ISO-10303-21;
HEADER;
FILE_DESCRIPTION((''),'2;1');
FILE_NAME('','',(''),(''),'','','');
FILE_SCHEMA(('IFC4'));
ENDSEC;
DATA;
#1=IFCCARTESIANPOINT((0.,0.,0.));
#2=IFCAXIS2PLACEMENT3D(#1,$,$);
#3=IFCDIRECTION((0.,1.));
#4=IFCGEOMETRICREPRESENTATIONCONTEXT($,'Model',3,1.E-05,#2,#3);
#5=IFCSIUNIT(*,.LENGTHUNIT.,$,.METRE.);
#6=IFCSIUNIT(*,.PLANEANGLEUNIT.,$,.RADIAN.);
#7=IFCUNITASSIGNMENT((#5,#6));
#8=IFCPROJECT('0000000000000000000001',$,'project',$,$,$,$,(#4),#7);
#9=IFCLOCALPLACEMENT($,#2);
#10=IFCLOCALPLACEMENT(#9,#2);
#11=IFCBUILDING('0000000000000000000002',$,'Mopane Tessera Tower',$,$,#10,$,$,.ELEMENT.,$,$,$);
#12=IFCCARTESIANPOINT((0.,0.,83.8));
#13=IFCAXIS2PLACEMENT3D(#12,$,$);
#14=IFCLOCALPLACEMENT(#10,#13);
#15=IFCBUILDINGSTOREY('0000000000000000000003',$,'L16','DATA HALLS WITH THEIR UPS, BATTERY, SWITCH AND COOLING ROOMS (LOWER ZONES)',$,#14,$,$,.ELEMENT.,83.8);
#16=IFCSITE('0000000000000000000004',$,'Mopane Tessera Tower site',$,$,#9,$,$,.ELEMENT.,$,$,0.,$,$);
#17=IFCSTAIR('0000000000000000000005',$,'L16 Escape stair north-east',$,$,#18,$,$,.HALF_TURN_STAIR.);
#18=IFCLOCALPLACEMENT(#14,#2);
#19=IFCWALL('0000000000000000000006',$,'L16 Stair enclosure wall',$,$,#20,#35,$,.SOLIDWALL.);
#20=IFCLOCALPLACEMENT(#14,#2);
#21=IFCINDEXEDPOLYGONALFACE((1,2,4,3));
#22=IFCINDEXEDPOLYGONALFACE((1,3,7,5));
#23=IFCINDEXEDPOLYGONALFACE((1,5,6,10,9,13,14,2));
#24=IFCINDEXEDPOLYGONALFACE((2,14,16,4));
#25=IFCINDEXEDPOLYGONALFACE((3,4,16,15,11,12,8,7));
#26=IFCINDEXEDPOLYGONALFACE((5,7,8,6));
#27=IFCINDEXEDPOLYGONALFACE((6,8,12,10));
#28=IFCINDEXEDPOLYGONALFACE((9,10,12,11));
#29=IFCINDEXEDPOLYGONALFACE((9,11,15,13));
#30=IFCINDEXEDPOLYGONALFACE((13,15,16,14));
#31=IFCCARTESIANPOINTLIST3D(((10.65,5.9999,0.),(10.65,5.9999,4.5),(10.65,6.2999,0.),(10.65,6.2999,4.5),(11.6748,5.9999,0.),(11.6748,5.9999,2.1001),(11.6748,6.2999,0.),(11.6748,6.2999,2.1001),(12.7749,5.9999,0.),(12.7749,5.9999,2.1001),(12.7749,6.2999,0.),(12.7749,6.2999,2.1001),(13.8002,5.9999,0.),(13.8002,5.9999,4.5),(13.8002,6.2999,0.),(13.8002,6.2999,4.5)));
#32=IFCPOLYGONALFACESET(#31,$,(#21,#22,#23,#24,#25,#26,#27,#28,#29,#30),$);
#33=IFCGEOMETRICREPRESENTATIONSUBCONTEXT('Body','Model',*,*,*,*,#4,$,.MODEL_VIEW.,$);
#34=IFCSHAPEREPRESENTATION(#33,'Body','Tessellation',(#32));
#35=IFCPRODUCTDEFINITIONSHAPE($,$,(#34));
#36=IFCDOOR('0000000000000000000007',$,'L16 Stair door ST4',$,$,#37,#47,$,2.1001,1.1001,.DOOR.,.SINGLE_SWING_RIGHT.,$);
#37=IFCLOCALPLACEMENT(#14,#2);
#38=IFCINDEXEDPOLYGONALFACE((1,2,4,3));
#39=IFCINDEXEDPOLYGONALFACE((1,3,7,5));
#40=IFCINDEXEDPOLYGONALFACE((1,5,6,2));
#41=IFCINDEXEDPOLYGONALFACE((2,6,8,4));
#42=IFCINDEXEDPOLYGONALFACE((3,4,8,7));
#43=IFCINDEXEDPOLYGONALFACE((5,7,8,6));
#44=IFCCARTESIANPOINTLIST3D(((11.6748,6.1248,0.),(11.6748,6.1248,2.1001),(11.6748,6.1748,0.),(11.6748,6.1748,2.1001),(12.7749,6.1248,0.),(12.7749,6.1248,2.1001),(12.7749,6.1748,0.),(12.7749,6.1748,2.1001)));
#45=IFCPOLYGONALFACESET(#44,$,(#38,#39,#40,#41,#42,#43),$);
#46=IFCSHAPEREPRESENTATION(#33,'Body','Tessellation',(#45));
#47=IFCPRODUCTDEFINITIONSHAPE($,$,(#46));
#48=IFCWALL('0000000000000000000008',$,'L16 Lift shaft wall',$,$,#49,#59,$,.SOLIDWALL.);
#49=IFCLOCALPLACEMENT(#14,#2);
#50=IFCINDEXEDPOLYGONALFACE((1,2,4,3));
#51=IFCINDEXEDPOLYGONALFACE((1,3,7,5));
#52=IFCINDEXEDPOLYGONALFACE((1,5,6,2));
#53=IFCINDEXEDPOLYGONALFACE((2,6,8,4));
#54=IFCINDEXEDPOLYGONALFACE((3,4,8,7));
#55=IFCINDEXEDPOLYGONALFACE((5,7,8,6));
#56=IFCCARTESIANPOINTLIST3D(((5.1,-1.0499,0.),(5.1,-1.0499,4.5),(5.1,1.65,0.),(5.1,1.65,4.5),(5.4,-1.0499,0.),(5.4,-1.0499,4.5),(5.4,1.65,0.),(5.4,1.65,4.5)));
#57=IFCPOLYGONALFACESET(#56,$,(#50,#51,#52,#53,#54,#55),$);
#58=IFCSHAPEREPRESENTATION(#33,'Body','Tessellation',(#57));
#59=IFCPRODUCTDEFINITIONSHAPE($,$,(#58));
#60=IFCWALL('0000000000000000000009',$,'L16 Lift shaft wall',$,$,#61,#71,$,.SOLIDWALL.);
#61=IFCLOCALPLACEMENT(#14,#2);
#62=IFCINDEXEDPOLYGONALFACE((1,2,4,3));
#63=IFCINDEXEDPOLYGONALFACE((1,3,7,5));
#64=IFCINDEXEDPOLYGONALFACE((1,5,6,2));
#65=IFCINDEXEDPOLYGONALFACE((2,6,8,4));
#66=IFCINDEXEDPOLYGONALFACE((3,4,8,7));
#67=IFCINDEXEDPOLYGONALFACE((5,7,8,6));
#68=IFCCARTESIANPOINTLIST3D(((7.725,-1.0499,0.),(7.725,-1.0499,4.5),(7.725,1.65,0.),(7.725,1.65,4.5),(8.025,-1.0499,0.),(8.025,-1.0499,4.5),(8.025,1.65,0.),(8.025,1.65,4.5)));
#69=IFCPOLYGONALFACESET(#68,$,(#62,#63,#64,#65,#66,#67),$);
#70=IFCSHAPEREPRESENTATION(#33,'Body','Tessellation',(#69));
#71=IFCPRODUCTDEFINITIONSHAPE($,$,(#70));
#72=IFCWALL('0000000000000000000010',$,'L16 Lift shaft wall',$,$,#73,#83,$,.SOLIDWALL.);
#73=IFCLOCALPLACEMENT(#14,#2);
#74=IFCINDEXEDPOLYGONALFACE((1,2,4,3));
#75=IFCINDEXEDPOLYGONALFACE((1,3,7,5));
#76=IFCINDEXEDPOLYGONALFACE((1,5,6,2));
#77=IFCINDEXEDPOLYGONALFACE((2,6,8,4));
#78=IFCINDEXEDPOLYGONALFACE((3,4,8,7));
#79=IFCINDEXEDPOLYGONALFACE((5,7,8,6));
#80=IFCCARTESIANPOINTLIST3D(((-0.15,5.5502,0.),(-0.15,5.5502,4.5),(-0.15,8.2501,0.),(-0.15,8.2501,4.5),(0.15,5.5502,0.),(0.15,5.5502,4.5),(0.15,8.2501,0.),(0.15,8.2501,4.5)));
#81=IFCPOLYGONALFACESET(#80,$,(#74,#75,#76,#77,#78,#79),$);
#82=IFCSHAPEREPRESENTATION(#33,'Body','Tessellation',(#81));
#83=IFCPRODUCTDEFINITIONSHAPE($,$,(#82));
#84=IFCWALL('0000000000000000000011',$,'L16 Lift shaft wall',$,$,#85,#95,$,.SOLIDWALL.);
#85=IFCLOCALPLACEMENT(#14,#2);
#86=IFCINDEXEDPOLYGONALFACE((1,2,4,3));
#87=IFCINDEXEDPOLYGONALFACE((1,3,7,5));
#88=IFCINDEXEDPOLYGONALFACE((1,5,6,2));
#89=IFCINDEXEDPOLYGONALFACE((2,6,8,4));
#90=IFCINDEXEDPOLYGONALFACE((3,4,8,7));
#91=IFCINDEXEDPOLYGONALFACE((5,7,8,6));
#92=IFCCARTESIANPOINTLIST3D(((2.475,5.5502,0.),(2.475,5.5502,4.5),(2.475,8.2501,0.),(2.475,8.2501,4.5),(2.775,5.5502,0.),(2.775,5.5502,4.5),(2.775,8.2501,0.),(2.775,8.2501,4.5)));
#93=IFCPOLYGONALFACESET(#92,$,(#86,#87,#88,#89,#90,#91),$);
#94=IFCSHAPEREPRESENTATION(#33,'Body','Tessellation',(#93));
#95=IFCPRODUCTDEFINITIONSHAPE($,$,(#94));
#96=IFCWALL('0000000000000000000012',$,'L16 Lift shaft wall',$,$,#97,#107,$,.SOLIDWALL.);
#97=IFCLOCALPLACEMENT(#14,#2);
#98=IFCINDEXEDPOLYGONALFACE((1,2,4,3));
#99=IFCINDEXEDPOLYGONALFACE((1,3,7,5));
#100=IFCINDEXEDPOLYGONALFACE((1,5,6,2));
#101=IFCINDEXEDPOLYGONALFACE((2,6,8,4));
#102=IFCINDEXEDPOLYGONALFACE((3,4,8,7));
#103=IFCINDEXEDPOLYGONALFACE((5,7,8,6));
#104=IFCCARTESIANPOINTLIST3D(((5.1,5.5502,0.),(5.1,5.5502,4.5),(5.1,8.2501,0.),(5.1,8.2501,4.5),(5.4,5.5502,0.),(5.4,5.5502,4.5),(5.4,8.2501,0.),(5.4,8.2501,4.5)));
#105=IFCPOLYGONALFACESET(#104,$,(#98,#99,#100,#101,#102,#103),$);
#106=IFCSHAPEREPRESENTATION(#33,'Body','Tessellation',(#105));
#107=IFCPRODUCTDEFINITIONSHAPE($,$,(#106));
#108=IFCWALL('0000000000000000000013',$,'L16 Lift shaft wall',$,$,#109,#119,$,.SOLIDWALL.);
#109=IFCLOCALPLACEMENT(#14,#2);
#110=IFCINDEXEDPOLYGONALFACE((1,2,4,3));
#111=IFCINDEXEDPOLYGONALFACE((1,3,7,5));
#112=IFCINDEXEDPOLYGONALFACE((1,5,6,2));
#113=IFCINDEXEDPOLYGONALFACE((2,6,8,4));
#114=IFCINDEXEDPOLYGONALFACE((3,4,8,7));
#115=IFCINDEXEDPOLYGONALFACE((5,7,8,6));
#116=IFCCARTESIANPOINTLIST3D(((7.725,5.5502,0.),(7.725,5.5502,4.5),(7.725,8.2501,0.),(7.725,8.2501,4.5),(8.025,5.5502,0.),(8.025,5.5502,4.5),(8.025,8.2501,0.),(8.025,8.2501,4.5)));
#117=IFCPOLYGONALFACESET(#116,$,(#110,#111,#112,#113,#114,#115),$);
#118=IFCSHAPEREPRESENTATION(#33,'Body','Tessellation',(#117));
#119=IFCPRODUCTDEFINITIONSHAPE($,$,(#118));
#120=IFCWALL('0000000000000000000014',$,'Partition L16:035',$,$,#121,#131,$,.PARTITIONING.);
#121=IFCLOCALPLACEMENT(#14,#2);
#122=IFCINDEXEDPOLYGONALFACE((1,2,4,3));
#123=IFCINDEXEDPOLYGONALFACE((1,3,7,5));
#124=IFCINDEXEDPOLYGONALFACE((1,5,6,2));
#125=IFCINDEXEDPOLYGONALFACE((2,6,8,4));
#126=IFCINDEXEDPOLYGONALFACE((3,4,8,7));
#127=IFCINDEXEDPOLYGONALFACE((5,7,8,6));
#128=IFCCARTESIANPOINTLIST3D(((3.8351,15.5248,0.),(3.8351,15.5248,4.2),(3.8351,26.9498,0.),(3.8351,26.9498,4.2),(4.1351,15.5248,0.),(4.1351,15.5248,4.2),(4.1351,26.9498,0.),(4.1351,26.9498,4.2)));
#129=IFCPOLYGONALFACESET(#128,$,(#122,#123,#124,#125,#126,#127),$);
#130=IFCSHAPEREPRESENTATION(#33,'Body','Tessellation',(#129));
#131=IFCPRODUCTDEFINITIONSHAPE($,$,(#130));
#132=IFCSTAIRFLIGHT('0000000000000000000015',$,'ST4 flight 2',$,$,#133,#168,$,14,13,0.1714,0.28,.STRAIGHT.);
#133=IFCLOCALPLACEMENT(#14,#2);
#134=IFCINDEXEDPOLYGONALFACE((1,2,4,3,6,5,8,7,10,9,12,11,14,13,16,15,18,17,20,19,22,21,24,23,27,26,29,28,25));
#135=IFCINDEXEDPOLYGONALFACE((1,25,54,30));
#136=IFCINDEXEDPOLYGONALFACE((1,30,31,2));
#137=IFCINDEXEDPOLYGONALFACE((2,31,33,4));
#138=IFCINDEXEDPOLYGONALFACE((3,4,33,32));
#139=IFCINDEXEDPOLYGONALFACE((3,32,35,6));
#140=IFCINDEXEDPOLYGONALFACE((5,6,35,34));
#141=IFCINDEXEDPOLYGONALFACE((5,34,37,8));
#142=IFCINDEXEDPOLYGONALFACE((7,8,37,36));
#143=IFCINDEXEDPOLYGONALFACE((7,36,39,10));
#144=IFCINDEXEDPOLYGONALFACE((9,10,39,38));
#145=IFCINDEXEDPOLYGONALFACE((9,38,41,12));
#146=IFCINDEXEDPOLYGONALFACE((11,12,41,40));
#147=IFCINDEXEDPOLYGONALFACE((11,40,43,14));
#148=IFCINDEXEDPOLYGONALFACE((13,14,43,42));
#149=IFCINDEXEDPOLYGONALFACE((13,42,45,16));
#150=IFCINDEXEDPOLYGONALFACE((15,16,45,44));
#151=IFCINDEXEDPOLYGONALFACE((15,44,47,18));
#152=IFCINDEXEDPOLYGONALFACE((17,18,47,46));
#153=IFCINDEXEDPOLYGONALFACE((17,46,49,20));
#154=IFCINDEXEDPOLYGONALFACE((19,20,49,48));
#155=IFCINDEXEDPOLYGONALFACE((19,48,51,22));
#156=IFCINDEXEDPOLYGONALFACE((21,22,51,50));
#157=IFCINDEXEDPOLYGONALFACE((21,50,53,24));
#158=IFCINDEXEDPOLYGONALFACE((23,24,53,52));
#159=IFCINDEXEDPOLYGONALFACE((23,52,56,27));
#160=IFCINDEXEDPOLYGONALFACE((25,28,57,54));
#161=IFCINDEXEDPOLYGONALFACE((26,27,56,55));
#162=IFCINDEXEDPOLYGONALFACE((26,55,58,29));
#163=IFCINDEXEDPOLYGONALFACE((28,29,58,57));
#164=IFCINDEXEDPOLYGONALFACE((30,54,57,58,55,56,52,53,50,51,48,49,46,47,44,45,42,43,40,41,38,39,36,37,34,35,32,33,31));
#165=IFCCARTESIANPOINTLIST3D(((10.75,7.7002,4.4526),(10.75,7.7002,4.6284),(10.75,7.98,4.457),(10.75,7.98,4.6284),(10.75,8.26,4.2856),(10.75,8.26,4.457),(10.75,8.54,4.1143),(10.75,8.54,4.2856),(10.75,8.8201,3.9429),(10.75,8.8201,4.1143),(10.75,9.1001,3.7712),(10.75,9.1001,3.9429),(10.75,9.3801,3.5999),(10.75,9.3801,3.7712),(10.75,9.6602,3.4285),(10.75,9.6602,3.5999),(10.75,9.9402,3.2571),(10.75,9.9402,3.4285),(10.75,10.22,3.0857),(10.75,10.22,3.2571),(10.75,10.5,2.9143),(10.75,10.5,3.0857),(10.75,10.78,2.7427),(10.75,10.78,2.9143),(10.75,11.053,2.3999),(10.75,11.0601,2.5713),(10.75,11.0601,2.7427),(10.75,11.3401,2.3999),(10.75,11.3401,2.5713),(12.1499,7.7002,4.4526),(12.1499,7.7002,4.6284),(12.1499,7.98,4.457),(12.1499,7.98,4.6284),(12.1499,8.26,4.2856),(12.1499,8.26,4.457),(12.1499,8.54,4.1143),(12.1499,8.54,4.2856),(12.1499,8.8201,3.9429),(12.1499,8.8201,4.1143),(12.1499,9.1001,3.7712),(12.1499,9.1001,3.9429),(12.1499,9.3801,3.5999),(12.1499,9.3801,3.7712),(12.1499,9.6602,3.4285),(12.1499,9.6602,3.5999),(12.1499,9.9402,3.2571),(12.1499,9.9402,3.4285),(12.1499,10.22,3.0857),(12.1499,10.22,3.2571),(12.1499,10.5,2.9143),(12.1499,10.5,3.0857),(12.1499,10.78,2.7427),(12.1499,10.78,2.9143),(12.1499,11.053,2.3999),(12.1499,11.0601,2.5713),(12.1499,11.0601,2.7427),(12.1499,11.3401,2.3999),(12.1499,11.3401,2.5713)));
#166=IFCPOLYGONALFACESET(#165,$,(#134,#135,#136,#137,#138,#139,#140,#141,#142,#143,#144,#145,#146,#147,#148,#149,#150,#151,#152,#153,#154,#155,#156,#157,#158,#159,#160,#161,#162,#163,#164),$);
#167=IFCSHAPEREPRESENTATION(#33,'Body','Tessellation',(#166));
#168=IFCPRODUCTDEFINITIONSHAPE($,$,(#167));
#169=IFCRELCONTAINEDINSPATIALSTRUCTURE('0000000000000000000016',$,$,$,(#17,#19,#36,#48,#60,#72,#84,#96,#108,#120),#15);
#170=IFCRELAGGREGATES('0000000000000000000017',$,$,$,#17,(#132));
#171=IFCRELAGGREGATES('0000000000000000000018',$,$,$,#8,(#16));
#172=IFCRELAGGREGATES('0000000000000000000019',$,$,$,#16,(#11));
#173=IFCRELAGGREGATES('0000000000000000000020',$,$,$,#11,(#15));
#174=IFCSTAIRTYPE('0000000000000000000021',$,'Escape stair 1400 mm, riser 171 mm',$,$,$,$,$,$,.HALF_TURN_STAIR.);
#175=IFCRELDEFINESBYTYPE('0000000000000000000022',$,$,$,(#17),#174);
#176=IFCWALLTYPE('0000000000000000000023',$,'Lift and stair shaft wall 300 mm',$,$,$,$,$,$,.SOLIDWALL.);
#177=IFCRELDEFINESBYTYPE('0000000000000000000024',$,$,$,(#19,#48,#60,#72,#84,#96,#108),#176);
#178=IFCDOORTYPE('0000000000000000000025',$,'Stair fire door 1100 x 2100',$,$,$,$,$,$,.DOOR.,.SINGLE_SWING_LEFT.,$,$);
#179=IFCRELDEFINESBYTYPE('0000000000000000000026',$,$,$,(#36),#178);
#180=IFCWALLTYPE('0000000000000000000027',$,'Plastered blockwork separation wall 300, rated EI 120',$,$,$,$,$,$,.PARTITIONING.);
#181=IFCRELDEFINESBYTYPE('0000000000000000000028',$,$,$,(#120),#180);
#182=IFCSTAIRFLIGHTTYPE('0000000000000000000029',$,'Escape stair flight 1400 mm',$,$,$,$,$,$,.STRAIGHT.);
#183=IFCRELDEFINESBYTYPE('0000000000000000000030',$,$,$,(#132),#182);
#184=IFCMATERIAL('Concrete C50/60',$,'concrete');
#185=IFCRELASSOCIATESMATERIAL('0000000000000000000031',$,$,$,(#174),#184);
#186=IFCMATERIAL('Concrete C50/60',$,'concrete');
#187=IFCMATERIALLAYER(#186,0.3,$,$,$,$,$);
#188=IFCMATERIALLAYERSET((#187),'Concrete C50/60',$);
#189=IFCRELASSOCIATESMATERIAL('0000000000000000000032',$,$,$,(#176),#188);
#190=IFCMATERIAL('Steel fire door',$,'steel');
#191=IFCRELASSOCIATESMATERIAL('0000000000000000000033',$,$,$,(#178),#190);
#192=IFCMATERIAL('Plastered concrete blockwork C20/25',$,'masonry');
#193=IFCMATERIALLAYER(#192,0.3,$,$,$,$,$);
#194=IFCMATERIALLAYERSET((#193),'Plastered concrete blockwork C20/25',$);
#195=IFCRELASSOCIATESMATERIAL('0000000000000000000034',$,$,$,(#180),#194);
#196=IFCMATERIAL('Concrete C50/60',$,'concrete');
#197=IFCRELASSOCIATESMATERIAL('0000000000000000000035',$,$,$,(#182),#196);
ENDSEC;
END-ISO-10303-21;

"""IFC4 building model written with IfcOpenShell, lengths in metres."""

from ifc_helpers import new_model, si_unit, direction, frame, frame_2d, origin, place, context, subcontext, project, spatial, polyline, rectangle, outline, extrude, material, layer, layer_set, type_object, element, fill, aggregate, save


model = new_model("IFC4")

# Units and contexts
model_context = context("Model", 3, precision=1e-05, world=origin(), true_north=direction((0.0, 1.0)))
body_context = subcontext(model_context, "Body", "Model", "MODEL_VIEW")
ifc_project = project(units=[si_unit("LENGTHUNIT", "METRE"), si_unit("PLANEANGLEUNIT", "RADIAN")], contexts=[model_context])

# Site, building, storey
site_placement = place(None, origin())
site = spatial("IfcSite", under=ifc_project, at=site_placement, Name="Mopane Tessera Tower site", CompositionType="ELEMENT", RefElevation=0.0)
building_placement = place(site_placement, origin())
building = spatial("IfcBuilding", under=site, at=building_placement, Name="Mopane Tessera Tower", CompositionType="ELEMENT")
storey_placement = place(building_placement, frame((0.0, 0.0, 83.8)))
storey = spatial("IfcBuildingStorey", under=building, at=storey_placement, Name="L16", Description="DATA HALLS WITH THEIR UPS, BATTERY, SWITCH AND COOLING ROOMS (LOWER ZONES)", CompositionType="ELEMENT", Elevation=83.8)

# Stair
ifc_material_1 = material(Name="Concrete C50/60", Category="concrete")
stair_type = type_object("IfcStairType", Name="Escape stair 1400 mm, riser 171 mm", PredefinedType="HALF_TURN_STAIR", material=ifc_material_1)
stair_1_placement = place(storey_placement, origin())
stair_1 = element("IfcStair", 1, at=stair_1_placement, inside=storey, type_object=stair_type, Name="L16 Escape stair north-east", PredefinedType="HALF_TURN_STAIR")

# Wall, opening, door
ifc_material_2 = material(Name="Concrete C50/60", Category="concrete")
ifc_layer_1 = layer(ifc_material_2, 0.3)
ifc_layer_set_1 = layer_set([ifc_layer_1], Name="Concrete C50/60")
wall_type_1 = type_object("IfcWallType", Name="Lift and stair shaft wall 300 mm", PredefinedType="SOLIDWALL", material=ifc_layer_set_1)
ifc_material_3 = material(Name="Steel fire door", Category="steel")
door_type = type_object("IfcDoorType", Name="Stair fire door 1100 x 2100", OperationType="SINGLE_SWING_LEFT", PredefinedType="DOOR", material=ifc_material_3)
wall_1_placement = place(storey_placement, frame((10.6499, 6.1499, 0.0), z_axis=(0.0, 0.0, 1.0), x_axis=(1.0, 0.0, 0.0)))
wall_1 = element("IfcWall", 2, at=wall_1_placement, inside=storey, type_object=wall_type_1, Name="L16 Stair enclosure wall", PredefinedType="SOLIDWALL", context=body_context, shape_type="SweptSolid", body=[
    extrude(rectangle(XDim=3.1501, YDim=0.3, at=frame_2d((1.5752, 0.0))), origin(), (0.0, 0.0, 1.0), 4.5),
])
opening_1_placement = place(wall_1_placement, frame((1.0249, 0.0, 0.0)))
opening_1 = element("IfcOpeningElement", 3, at=opening_1_placement, cuts=wall_1, PredefinedType="OPENING", context=body_context, shape_type="SweptSolid", body=[
    extrude(rectangle(XDim=1.1001, YDim=2.1001, at=frame_2d((0.55, 1.05))), frame((0.0, 0.1621, 0.0), z_axis=(0.0, -1.0, 0.0), x_axis=(1.0, 0.0, 0.0)), (0.0, 0.0, 1.0), 0.324),
])
door_1_placement = place(opening_1_placement, origin())
door_1 = element("IfcDoor", 4, at=door_1_placement, inside=storey, type_object=door_type, Name="L16 Stair door ST4", OperationType="SINGLE_SWING_RIGHT", OverallHeight=2.1001, OverallWidth=1.1001, PredefinedType="DOOR", context=body_context, shape_type="SweptSolid", body=[
    extrude(rectangle(XDim=1.1001, YDim=2.1001, at=frame_2d((0.55, 1.05))), frame((0.0, 0.0249, 0.0), z_axis=(0.0, -1.0, 0.0), x_axis=(1.0, 0.0, 0.0)), (0.0, 0.0, 1.0), 0.05),
])
fill(opening_1, door_1)

# Walls
for number, where, z_axis, x_axis, name in (
    (5, (5.25, -1.05, 0.0), (0.0, 0.0, 1.0), (0.0, 1.0, 0.0), "L16 Lift shaft wall"),
    (6, (7.875, -1.05, 0.0), (0.0, 0.0, 1.0), (0.0, 1.0, 0.0), "L16 Lift shaft wall"),
    (7, (0.0, 5.55, 0.0), (0.0, 0.0, 1.0), (0.0, 1.0, 0.0), "L16 Lift shaft wall"),
    (8, (2.625, 5.55, 0.0), (0.0, 0.0, 1.0), (0.0, 1.0, 0.0), "L16 Lift shaft wall"),
    (9, (5.25, 5.55, 0.0), (0.0, 0.0, 1.0), (0.0, 1.0, 0.0), "L16 Lift shaft wall"),
    (10, (7.875, 5.55, 0.0), (0.0, 0.0, 1.0), (0.0, 1.0, 0.0), "L16 Lift shaft wall"),
):
    element("IfcWall", number, at=place(storey_placement, frame(where, z_axis=z_axis, x_axis=x_axis)), inside=storey, type_object=wall_type_1, Name=name, PredefinedType="SOLIDWALL", context=body_context, shape_type="SweptSolid", body=[
        extrude(rectangle(XDim=2.7, YDim=0.3, at=frame_2d((1.3501, 0.0))), origin(), (0.0, 0.0, 1.0), 4.5),
    ])
ifc_material_4 = material(Name="Plastered concrete blockwork C20/25", Category="masonry")
ifc_layer_2 = layer(ifc_material_4, 0.3)
ifc_layer_set_2 = layer_set([ifc_layer_2], Name="Plastered concrete blockwork C20/25")
wall_type_2 = type_object("IfcWallType", Name="Plastered blockwork separation wall 300, rated EI 120", PredefinedType="PARTITIONING", material=ifc_layer_set_2)
wall_2_placement = place(storey_placement, frame((3.9851, 15.5249, 0.0), z_axis=(0.0, 0.0, 1.0), x_axis=(0.0, 1.0, 0.0)))
element("IfcWall", 11, at=wall_2_placement, inside=storey, type_object=wall_type_2, Name="Partition L16:035", PredefinedType="PARTITIONING", context=body_context, shape_type="SweptSolid", body=[
    extrude(rectangle(XDim=11.425, YDim=0.3, at=frame_2d((5.7124, 0.0))), origin(), (0.0, 0.0, 1.0), 4.2),
])

# Stair flight
ifc_material_5 = material(Name="Concrete C50/60", Category="concrete")
stair_flight_type = type_object("IfcStairFlightType", Name="Escape stair flight 1400 mm", PredefinedType="STRAIGHT", material=ifc_material_5)
stair_flight_placement = place(storey_placement, frame((11.45, 11.3401, 2.3999), z_axis=(0.0, 0.0, 1.0), x_axis=(0.0, -1.0, 0.0)))
stair_flight = element("IfcStairFlight", 12, at=stair_flight_placement, type_object=stair_flight_type, Name="ST4 flight 2", NumberOfRisers=14, NumberOfTreads=13, PredefinedType="STRAIGHT", RiserHeight=0.1714, TreadLength=0.28, context=body_context, shape_type="SweptSolid", body=[
    extrude(outline(polyline([(0.0, 0.0), (0.0, 0.1714), (0.28, 0.1714), (0.28, 0.3428), (0.5601, 0.3428), (0.5601, 0.5144), (0.8401, 0.5144), (0.8401, 0.6858), (1.1201, 0.6858), (1.1201, 0.8572), (1.3999, 0.8572), (1.3999, 1.0286), (1.6799, 1.0286), (1.6799, 1.2), (1.96, 1.2), (1.96, 1.3713), (2.24, 1.3713), (2.24, 1.543), (2.52, 1.543), (2.52, 1.7144), (2.8, 1.7144), (2.8, 1.8857), (3.0801, 1.8857), (3.0801, 2.0571), (3.3601, 2.0571), (3.3601, 2.2285), (3.6399, 2.2285), (3.6399, 2.3999), (3.6399, 2.0527), (0.2871, 0.0), (0.0, 0.0)])), frame((0.0, 0.7, 0.0), z_axis=(0.0, -1.0, 0.0), x_axis=(1.0, 0.0, 0.0)), (0.0, 0.0, 1.0), 1.3999),
])
aggregate(stair_1, [stair_flight])

save(model, "model.ifc")
